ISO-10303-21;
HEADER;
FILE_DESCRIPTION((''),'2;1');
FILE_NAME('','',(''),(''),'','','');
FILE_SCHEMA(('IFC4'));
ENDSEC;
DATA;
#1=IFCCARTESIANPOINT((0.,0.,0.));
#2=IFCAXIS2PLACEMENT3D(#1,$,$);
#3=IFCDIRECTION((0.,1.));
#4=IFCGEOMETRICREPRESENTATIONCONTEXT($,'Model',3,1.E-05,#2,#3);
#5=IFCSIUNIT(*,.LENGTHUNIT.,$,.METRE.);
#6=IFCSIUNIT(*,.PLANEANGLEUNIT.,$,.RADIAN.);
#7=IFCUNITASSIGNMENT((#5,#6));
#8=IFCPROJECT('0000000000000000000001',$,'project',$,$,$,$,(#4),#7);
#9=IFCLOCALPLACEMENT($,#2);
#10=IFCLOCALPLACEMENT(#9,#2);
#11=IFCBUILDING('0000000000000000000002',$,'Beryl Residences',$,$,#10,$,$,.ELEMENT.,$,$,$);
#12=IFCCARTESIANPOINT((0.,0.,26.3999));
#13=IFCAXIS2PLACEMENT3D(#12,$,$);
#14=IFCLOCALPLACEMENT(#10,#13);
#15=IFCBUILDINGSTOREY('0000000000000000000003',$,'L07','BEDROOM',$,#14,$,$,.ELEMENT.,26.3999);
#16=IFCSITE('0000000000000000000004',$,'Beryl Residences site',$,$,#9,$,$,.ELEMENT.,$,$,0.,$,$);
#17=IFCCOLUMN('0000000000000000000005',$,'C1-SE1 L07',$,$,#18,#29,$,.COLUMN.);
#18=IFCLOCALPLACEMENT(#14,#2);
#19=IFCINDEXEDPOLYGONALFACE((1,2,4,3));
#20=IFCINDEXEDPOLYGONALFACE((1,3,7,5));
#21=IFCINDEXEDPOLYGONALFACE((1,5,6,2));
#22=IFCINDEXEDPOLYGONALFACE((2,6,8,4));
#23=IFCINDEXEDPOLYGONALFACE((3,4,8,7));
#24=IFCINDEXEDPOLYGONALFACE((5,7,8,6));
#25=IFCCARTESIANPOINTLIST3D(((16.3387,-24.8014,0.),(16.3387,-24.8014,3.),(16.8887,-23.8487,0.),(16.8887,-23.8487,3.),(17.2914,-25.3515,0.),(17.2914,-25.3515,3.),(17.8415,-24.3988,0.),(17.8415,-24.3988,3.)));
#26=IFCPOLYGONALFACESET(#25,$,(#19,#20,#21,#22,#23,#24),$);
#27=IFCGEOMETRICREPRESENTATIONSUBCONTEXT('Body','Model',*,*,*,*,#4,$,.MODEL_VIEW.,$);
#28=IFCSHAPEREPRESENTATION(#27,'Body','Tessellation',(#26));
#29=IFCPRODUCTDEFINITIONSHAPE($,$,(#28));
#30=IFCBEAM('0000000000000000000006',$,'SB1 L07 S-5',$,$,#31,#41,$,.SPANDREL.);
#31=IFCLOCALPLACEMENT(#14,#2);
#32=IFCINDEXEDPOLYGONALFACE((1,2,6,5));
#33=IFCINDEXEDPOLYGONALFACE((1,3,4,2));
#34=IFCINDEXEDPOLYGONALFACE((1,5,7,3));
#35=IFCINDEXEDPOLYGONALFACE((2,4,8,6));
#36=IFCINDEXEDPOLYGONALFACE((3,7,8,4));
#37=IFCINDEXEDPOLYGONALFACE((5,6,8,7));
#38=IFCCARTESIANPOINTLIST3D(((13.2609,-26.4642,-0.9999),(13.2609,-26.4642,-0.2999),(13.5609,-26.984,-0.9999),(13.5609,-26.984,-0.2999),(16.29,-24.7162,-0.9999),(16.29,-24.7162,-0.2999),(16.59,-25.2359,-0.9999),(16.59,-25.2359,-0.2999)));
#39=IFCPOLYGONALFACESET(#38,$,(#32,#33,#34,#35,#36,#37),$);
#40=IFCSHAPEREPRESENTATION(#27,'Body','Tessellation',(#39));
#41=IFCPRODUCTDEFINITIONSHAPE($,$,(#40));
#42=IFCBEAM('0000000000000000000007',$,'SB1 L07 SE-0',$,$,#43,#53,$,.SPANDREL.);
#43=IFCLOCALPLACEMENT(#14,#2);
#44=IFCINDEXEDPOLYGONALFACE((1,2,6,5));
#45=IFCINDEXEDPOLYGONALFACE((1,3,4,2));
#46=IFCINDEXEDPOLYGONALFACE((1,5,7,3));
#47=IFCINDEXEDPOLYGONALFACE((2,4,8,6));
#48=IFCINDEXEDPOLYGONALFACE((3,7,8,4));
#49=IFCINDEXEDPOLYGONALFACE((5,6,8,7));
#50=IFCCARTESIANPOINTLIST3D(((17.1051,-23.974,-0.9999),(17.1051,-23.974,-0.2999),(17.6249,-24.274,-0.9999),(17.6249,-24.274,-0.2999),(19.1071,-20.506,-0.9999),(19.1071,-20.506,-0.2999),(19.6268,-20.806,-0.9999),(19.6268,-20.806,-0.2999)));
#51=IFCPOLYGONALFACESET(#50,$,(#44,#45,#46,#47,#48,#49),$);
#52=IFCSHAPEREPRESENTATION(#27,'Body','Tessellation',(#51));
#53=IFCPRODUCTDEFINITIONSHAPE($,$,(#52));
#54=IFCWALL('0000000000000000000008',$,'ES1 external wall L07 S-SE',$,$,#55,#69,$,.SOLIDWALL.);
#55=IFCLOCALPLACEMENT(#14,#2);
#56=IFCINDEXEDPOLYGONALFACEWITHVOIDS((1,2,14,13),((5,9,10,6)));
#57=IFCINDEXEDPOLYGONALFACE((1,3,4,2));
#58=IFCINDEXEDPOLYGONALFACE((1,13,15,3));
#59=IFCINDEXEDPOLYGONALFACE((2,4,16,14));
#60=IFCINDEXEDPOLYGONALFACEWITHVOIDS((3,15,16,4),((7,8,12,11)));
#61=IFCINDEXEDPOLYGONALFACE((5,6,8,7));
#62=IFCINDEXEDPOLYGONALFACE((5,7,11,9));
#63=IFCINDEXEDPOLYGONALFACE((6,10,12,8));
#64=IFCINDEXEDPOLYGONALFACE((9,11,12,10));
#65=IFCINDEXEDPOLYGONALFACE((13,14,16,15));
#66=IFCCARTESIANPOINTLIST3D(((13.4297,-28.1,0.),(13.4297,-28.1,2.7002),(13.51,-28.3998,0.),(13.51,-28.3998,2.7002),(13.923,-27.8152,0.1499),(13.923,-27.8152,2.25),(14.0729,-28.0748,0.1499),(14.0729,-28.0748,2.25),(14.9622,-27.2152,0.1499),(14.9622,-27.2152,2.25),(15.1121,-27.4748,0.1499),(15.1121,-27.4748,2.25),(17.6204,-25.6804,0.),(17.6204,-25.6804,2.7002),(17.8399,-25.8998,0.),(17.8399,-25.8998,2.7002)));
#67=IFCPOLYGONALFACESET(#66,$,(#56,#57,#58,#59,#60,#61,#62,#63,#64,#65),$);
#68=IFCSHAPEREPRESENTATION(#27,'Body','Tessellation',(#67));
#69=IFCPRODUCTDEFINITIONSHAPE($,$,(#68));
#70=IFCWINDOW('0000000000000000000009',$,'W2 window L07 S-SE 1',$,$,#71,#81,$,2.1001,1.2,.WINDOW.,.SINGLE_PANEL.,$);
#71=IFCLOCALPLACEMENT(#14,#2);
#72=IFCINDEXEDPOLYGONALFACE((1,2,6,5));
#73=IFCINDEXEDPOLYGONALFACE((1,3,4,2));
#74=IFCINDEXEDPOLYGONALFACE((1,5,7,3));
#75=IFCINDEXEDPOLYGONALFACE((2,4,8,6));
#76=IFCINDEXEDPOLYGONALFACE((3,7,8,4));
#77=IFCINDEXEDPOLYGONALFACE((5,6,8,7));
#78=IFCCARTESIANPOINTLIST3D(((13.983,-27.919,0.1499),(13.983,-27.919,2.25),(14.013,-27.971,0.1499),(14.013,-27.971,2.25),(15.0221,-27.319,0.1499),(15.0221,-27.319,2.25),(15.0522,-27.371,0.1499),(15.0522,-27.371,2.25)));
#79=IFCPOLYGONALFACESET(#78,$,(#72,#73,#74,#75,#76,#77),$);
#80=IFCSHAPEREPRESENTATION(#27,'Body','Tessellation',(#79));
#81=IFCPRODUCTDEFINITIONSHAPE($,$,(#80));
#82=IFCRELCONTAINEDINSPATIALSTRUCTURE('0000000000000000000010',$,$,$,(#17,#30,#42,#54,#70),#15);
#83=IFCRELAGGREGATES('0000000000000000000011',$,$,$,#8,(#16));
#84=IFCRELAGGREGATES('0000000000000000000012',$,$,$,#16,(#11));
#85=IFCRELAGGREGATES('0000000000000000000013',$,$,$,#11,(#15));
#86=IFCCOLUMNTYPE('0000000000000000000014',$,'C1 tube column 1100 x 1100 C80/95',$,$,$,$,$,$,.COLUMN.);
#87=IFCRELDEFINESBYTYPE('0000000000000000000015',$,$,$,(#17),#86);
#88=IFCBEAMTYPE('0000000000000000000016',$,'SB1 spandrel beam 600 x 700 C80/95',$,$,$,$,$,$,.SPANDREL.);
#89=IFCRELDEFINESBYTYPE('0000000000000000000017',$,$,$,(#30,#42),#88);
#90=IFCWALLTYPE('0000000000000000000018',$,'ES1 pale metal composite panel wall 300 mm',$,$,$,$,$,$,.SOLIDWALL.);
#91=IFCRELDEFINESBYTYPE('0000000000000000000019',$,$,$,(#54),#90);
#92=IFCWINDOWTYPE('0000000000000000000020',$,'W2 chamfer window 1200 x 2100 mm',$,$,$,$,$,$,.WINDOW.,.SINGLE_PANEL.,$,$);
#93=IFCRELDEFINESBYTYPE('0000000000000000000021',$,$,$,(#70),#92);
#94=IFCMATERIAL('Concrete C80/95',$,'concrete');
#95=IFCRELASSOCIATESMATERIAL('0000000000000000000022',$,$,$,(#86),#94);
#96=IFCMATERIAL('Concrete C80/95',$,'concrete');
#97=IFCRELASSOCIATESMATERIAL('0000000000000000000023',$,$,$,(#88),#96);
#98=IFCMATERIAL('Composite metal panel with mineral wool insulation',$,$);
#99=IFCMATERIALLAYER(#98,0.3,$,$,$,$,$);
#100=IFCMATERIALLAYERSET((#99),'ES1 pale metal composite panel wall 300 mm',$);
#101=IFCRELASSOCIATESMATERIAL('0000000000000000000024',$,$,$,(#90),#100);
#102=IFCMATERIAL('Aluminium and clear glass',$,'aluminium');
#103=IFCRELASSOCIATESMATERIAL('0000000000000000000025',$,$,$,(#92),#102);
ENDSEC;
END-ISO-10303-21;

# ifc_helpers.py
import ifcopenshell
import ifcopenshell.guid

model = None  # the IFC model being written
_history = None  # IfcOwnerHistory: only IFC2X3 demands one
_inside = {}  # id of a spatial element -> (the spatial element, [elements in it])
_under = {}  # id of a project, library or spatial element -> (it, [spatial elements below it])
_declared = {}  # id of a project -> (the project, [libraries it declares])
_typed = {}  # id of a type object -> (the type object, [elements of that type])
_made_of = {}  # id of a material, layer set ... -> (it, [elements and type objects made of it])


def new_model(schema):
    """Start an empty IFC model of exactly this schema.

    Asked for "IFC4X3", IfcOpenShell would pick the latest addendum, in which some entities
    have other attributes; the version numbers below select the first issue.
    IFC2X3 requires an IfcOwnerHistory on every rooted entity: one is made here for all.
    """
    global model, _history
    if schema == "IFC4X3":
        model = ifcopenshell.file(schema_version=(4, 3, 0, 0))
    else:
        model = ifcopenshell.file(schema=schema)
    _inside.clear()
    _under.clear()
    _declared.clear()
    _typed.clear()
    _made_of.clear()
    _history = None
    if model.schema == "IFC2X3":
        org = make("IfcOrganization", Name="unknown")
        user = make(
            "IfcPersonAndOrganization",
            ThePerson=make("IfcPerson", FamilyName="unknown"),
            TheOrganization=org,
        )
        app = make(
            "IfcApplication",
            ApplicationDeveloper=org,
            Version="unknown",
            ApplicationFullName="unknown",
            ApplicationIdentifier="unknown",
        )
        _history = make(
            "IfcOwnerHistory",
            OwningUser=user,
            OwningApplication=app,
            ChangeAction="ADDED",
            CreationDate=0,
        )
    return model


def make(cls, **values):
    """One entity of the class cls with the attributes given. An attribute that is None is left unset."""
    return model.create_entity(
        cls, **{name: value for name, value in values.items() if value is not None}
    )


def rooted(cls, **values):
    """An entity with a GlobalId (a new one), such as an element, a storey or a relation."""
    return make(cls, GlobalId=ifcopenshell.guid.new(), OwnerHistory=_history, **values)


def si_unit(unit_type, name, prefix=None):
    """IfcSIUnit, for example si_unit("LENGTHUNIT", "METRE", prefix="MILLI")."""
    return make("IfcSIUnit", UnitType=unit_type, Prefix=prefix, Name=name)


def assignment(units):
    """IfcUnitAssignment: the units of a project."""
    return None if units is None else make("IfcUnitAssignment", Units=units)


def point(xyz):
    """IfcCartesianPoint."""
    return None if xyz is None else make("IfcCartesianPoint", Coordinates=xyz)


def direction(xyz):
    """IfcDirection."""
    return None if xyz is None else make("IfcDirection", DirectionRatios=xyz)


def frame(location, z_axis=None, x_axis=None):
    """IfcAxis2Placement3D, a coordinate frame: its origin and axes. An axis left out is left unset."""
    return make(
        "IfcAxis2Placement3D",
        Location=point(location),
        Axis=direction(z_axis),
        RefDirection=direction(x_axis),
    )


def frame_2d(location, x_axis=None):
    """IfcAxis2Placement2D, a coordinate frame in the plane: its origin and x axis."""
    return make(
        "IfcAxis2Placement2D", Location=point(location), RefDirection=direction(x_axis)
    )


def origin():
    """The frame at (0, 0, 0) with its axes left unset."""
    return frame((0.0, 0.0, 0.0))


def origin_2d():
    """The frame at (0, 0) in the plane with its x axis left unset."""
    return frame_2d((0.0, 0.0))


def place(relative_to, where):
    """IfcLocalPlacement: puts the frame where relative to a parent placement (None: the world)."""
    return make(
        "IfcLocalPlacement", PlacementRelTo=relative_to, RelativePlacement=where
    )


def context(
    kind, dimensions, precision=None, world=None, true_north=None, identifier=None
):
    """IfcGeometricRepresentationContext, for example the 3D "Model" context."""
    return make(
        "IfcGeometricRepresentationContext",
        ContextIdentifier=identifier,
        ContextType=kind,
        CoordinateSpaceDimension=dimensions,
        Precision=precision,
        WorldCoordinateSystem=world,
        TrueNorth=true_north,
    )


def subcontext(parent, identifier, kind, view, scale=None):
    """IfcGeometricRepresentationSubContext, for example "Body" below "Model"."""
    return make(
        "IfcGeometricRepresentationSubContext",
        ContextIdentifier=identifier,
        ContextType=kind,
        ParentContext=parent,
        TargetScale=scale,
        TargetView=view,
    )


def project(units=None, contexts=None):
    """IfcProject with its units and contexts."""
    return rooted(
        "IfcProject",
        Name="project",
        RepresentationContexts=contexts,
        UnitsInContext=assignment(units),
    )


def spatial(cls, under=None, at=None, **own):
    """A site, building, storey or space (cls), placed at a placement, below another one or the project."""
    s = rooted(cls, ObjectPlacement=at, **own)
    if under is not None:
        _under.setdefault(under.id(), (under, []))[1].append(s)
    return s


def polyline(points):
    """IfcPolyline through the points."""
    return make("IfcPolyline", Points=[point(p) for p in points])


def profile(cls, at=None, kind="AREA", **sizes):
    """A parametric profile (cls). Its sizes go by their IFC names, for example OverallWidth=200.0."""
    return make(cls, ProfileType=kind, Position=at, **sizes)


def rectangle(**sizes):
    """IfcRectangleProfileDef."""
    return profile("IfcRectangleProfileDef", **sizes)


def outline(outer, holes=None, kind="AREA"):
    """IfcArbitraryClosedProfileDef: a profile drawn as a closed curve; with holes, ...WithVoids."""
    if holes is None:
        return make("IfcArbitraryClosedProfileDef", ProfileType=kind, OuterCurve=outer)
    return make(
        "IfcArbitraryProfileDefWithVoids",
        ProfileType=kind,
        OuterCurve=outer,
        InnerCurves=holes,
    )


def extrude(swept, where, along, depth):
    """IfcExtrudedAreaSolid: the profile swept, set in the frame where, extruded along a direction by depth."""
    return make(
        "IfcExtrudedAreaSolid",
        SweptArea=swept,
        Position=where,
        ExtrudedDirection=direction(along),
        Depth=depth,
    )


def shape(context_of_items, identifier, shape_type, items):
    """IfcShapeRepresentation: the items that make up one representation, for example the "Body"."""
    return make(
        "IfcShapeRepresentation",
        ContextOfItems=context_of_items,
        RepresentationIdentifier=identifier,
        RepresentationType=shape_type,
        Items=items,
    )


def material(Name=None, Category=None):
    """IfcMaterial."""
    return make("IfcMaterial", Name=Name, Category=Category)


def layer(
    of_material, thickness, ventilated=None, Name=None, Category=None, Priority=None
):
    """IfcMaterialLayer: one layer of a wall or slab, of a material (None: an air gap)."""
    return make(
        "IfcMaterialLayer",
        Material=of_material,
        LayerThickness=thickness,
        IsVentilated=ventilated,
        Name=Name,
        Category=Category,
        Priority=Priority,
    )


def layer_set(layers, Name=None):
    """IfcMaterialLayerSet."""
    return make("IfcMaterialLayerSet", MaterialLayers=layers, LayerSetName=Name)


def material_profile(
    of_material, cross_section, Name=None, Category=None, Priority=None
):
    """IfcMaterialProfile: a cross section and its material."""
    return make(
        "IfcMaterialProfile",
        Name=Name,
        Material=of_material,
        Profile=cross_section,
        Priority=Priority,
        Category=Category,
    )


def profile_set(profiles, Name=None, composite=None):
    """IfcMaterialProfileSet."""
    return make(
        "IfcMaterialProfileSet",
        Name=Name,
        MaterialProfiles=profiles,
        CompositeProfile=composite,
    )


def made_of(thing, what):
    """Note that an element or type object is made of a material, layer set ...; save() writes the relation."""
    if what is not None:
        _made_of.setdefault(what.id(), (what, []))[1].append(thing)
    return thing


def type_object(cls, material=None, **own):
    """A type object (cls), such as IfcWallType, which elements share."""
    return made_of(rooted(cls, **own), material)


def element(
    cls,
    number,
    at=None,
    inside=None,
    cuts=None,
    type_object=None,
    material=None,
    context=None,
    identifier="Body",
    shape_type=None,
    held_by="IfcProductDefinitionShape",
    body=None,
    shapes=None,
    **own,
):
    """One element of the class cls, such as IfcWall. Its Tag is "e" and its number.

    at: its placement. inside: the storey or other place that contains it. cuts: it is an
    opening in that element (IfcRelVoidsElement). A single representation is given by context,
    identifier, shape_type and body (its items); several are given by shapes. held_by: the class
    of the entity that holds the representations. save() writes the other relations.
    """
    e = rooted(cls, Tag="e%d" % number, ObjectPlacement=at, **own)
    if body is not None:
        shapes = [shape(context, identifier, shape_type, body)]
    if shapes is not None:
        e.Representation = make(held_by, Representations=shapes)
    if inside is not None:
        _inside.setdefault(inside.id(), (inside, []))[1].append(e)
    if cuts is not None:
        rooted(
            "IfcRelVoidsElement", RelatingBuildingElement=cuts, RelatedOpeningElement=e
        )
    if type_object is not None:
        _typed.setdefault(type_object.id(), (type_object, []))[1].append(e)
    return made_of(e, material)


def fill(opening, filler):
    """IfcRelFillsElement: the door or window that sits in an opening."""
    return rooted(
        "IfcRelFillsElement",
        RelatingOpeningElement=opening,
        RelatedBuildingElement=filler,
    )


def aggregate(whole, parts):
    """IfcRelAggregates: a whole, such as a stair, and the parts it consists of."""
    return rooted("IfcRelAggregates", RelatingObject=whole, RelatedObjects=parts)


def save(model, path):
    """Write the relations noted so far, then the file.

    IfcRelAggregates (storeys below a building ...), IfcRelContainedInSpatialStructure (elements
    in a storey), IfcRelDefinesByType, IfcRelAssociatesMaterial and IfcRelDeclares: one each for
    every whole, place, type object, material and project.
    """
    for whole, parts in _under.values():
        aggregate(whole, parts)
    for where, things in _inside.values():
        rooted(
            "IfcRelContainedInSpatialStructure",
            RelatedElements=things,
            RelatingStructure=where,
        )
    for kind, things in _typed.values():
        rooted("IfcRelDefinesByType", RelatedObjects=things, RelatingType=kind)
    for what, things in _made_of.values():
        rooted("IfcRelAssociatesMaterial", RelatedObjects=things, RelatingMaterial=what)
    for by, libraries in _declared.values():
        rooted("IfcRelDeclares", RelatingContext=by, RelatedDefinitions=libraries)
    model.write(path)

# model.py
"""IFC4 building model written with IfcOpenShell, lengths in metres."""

from ifc_helpers import new_model, si_unit, direction, frame, frame_2d, origin, origin_2d, place, context, subcontext, project, spatial, polyline, rectangle, outline, extrude, material, layer, layer_set, material_profile, profile_set, type_object, element, fill, save


model = new_model("IFC4")

# Units and contexts
model_context = context("Model", 3, precision=1e-05, world=origin(), true_north=direction((0.0, 1.0)))
body_context = subcontext(model_context, "Body", "Model", "MODEL_VIEW")
ifc_project = project(units=[si_unit("LENGTHUNIT", "METRE"), si_unit("PLANEANGLEUNIT", "RADIAN")], contexts=[model_context])

# Site, building, storey
site_placement = place(None, origin())
site = spatial("IfcSite", under=ifc_project, at=site_placement, Name="Beryl Residences site", CompositionType="ELEMENT", RefElevation=0.0)
building_placement = place(site_placement, origin())
building = spatial("IfcBuilding", under=site, at=building_placement, Name="Beryl Residences", CompositionType="ELEMENT")
storey_placement = place(building_placement, frame((0.0, 0.0, 26.3999)))
storey = spatial("IfcBuildingStorey", under=building, at=storey_placement, Name="L07", Description="BEDROOM", CompositionType="ELEMENT", Elevation=26.3999)

# Column
ifc_material_1 = material(Name="Concrete C80/95", Category="concrete")
ifc_material_profile_1 = material_profile(ifc_material_1, rectangle(XDim=1.1001, YDim=1.1001, at=origin_2d()))
ifc_profile_set_1 = profile_set([ifc_material_profile_1], Name="Concrete C80/95")
column_type = type_object("IfcColumnType", Name="C1 tube column 1100 x 1100 C80/95", PredefinedType="COLUMN", material=ifc_profile_set_1)
column_placement = place(storey_placement, frame((17.0901, -24.6001, 0.0), z_axis=(0.0, 0.0, 1.0), x_axis=(0.499985, 0.866034, 0.0)))
element("IfcColumn", 1, at=column_placement, inside=storey, type_object=column_type, Name="C1-SE1 L07", PredefinedType="COLUMN", context=body_context, shape_type="SweptSolid", body=[
    extrude(rectangle(XDim=1.1001, YDim=1.1001, at=origin_2d()), origin(), (0.0, 0.0, 1.0), 3.0),
])

# Beams
ifc_material_2 = material(Name="Concrete C80/95", Category="concrete")
ifc_material_profile_2 = material_profile(ifc_material_2, rectangle(XDim=0.6001, YDim=0.7, at=origin_2d()))
ifc_profile_set_2 = profile_set([ifc_material_profile_2], Name="Concrete C80/95")
beam_type = type_object("IfcBeamType", Name="SB1 spandrel beam 600 x 700 C80/95", PredefinedType="SPANDREL", material=ifc_profile_set_2)
beam_1_placement = place(storey_placement, frame((13.4109, -26.7241, -0.6499), z_axis=(0.866122, 0.499833, 0.0), x_axis=(-0.499833, 0.866122, 0.0)))
element("IfcBeam", 2, at=beam_1_placement, inside=storey, type_object=beam_type, Name="SB1 L07 S-5", PredefinedType="SPANDREL", context=body_context, shape_type="SweptSolid", body=[
    extrude(rectangle(XDim=0.6001, YDim=0.7, at=origin_2d()), origin(), (0.0, 0.0, 1.0), 3.4973),
])
beam_2_placement = place(storey_placement, frame((17.365, -24.124, -0.6499), z_axis=(0.499942, 0.866059, 0.0), x_axis=(-0.866059, 0.499942, 0.0)))
element("IfcBeam", 3, at=beam_2_placement, inside=storey, type_object=beam_type, Name="SB1 L07 SE-0", PredefinedType="SPANDREL", context=body_context, shape_type="SweptSolid", body=[
    extrude(rectangle(XDim=0.6001, YDim=0.7, at=origin_2d()), origin(), (0.0, 0.0, 1.0), 4.0044),
])

# Wall, opening, window
ifc_material_3 = material(Name="Composite metal panel with mineral wool insulation")
ifc_layer_1 = layer(ifc_material_3, 0.3)
ifc_layer_set_1 = layer_set([ifc_layer_1], Name="ES1 pale metal composite panel wall 300 mm")
wall_type_1 = type_object("IfcWallType", Name="ES1 pale metal composite panel wall 300 mm", PredefinedType="SOLIDWALL", material=ifc_layer_set_1)
wall_1_placement = place(storey_placement, frame((13.4351, -28.27, 0.0), z_axis=(0.0, 0.0, 1.0), x_axis=(0.866011, 0.500025, 0.0)))
wall_1 = element("IfcWall", 4, at=wall_1_placement, inside=storey, type_object=wall_type_1, Name="ES1 external wall L07 S-SE", PredefinedType="SOLIDWALL", context=body_context, shape_type="SweptSolid", body=[
    extrude(outline(polyline([(0.0, -0.1499), (4.9998, -0.1499), (4.9194, 0.1499), (0.0803, 0.1499), (0.0, -0.1499)])), origin(), (0.0, 0.0, 1.0), 2.7002),
])
opening_1_placement = place(wall_1_placement, frame((0.6499, 0.0, 0.1499)))
opening_1 = element("IfcOpeningElement", 5, at=opening_1_placement, cuts=wall_1, PredefinedType="OPENING", context=body_context, shape_type="SweptSolid", body=[
    extrude(rectangle(XDim=1.2, YDim=2.1001, at=frame_2d((0.6001, 1.05))), frame((0.0, 0.1599, 0.0), z_axis=(0.0, -1.0, 0.0), x_axis=(1.0, 0.0, 0.0)), (0.0, 0.0, 1.0), 0.3201),
])
ifc_material_4 = material(Name="Aluminium and clear glass", Category="aluminium")
window_type_1 = type_object("IfcWindowType", Name="W2 chamfer window 1200 x 2100 mm", PartitioningType="SINGLE_PANEL", PredefinedType="WINDOW", material=ifc_material_4)
window_1_placement = place(opening_1_placement, origin())
window_1 = element("IfcWindow", 6, at=window_1_placement, inside=storey, type_object=window_type_1, Name="W2 window L07 S-SE 1", OverallHeight=2.1001, OverallWidth=1.2, PartitioningType="SINGLE_PANEL", PredefinedType="WINDOW", context=body_context, shape_type="SweptSolid", body=[
    extrude(rectangle(XDim=1.2, YDim=2.1001, at=frame_2d((0.6001, 1.05))), frame((0.0, 0.03, 0.0), z_axis=(0.0, -1.0, 0.0), x_axis=(1.0, 0.0, 0.0)), (0.0, 0.0, 1.0), 0.0601),
])
fill(opening_1, window_1)

save(model, "model.ifc")
